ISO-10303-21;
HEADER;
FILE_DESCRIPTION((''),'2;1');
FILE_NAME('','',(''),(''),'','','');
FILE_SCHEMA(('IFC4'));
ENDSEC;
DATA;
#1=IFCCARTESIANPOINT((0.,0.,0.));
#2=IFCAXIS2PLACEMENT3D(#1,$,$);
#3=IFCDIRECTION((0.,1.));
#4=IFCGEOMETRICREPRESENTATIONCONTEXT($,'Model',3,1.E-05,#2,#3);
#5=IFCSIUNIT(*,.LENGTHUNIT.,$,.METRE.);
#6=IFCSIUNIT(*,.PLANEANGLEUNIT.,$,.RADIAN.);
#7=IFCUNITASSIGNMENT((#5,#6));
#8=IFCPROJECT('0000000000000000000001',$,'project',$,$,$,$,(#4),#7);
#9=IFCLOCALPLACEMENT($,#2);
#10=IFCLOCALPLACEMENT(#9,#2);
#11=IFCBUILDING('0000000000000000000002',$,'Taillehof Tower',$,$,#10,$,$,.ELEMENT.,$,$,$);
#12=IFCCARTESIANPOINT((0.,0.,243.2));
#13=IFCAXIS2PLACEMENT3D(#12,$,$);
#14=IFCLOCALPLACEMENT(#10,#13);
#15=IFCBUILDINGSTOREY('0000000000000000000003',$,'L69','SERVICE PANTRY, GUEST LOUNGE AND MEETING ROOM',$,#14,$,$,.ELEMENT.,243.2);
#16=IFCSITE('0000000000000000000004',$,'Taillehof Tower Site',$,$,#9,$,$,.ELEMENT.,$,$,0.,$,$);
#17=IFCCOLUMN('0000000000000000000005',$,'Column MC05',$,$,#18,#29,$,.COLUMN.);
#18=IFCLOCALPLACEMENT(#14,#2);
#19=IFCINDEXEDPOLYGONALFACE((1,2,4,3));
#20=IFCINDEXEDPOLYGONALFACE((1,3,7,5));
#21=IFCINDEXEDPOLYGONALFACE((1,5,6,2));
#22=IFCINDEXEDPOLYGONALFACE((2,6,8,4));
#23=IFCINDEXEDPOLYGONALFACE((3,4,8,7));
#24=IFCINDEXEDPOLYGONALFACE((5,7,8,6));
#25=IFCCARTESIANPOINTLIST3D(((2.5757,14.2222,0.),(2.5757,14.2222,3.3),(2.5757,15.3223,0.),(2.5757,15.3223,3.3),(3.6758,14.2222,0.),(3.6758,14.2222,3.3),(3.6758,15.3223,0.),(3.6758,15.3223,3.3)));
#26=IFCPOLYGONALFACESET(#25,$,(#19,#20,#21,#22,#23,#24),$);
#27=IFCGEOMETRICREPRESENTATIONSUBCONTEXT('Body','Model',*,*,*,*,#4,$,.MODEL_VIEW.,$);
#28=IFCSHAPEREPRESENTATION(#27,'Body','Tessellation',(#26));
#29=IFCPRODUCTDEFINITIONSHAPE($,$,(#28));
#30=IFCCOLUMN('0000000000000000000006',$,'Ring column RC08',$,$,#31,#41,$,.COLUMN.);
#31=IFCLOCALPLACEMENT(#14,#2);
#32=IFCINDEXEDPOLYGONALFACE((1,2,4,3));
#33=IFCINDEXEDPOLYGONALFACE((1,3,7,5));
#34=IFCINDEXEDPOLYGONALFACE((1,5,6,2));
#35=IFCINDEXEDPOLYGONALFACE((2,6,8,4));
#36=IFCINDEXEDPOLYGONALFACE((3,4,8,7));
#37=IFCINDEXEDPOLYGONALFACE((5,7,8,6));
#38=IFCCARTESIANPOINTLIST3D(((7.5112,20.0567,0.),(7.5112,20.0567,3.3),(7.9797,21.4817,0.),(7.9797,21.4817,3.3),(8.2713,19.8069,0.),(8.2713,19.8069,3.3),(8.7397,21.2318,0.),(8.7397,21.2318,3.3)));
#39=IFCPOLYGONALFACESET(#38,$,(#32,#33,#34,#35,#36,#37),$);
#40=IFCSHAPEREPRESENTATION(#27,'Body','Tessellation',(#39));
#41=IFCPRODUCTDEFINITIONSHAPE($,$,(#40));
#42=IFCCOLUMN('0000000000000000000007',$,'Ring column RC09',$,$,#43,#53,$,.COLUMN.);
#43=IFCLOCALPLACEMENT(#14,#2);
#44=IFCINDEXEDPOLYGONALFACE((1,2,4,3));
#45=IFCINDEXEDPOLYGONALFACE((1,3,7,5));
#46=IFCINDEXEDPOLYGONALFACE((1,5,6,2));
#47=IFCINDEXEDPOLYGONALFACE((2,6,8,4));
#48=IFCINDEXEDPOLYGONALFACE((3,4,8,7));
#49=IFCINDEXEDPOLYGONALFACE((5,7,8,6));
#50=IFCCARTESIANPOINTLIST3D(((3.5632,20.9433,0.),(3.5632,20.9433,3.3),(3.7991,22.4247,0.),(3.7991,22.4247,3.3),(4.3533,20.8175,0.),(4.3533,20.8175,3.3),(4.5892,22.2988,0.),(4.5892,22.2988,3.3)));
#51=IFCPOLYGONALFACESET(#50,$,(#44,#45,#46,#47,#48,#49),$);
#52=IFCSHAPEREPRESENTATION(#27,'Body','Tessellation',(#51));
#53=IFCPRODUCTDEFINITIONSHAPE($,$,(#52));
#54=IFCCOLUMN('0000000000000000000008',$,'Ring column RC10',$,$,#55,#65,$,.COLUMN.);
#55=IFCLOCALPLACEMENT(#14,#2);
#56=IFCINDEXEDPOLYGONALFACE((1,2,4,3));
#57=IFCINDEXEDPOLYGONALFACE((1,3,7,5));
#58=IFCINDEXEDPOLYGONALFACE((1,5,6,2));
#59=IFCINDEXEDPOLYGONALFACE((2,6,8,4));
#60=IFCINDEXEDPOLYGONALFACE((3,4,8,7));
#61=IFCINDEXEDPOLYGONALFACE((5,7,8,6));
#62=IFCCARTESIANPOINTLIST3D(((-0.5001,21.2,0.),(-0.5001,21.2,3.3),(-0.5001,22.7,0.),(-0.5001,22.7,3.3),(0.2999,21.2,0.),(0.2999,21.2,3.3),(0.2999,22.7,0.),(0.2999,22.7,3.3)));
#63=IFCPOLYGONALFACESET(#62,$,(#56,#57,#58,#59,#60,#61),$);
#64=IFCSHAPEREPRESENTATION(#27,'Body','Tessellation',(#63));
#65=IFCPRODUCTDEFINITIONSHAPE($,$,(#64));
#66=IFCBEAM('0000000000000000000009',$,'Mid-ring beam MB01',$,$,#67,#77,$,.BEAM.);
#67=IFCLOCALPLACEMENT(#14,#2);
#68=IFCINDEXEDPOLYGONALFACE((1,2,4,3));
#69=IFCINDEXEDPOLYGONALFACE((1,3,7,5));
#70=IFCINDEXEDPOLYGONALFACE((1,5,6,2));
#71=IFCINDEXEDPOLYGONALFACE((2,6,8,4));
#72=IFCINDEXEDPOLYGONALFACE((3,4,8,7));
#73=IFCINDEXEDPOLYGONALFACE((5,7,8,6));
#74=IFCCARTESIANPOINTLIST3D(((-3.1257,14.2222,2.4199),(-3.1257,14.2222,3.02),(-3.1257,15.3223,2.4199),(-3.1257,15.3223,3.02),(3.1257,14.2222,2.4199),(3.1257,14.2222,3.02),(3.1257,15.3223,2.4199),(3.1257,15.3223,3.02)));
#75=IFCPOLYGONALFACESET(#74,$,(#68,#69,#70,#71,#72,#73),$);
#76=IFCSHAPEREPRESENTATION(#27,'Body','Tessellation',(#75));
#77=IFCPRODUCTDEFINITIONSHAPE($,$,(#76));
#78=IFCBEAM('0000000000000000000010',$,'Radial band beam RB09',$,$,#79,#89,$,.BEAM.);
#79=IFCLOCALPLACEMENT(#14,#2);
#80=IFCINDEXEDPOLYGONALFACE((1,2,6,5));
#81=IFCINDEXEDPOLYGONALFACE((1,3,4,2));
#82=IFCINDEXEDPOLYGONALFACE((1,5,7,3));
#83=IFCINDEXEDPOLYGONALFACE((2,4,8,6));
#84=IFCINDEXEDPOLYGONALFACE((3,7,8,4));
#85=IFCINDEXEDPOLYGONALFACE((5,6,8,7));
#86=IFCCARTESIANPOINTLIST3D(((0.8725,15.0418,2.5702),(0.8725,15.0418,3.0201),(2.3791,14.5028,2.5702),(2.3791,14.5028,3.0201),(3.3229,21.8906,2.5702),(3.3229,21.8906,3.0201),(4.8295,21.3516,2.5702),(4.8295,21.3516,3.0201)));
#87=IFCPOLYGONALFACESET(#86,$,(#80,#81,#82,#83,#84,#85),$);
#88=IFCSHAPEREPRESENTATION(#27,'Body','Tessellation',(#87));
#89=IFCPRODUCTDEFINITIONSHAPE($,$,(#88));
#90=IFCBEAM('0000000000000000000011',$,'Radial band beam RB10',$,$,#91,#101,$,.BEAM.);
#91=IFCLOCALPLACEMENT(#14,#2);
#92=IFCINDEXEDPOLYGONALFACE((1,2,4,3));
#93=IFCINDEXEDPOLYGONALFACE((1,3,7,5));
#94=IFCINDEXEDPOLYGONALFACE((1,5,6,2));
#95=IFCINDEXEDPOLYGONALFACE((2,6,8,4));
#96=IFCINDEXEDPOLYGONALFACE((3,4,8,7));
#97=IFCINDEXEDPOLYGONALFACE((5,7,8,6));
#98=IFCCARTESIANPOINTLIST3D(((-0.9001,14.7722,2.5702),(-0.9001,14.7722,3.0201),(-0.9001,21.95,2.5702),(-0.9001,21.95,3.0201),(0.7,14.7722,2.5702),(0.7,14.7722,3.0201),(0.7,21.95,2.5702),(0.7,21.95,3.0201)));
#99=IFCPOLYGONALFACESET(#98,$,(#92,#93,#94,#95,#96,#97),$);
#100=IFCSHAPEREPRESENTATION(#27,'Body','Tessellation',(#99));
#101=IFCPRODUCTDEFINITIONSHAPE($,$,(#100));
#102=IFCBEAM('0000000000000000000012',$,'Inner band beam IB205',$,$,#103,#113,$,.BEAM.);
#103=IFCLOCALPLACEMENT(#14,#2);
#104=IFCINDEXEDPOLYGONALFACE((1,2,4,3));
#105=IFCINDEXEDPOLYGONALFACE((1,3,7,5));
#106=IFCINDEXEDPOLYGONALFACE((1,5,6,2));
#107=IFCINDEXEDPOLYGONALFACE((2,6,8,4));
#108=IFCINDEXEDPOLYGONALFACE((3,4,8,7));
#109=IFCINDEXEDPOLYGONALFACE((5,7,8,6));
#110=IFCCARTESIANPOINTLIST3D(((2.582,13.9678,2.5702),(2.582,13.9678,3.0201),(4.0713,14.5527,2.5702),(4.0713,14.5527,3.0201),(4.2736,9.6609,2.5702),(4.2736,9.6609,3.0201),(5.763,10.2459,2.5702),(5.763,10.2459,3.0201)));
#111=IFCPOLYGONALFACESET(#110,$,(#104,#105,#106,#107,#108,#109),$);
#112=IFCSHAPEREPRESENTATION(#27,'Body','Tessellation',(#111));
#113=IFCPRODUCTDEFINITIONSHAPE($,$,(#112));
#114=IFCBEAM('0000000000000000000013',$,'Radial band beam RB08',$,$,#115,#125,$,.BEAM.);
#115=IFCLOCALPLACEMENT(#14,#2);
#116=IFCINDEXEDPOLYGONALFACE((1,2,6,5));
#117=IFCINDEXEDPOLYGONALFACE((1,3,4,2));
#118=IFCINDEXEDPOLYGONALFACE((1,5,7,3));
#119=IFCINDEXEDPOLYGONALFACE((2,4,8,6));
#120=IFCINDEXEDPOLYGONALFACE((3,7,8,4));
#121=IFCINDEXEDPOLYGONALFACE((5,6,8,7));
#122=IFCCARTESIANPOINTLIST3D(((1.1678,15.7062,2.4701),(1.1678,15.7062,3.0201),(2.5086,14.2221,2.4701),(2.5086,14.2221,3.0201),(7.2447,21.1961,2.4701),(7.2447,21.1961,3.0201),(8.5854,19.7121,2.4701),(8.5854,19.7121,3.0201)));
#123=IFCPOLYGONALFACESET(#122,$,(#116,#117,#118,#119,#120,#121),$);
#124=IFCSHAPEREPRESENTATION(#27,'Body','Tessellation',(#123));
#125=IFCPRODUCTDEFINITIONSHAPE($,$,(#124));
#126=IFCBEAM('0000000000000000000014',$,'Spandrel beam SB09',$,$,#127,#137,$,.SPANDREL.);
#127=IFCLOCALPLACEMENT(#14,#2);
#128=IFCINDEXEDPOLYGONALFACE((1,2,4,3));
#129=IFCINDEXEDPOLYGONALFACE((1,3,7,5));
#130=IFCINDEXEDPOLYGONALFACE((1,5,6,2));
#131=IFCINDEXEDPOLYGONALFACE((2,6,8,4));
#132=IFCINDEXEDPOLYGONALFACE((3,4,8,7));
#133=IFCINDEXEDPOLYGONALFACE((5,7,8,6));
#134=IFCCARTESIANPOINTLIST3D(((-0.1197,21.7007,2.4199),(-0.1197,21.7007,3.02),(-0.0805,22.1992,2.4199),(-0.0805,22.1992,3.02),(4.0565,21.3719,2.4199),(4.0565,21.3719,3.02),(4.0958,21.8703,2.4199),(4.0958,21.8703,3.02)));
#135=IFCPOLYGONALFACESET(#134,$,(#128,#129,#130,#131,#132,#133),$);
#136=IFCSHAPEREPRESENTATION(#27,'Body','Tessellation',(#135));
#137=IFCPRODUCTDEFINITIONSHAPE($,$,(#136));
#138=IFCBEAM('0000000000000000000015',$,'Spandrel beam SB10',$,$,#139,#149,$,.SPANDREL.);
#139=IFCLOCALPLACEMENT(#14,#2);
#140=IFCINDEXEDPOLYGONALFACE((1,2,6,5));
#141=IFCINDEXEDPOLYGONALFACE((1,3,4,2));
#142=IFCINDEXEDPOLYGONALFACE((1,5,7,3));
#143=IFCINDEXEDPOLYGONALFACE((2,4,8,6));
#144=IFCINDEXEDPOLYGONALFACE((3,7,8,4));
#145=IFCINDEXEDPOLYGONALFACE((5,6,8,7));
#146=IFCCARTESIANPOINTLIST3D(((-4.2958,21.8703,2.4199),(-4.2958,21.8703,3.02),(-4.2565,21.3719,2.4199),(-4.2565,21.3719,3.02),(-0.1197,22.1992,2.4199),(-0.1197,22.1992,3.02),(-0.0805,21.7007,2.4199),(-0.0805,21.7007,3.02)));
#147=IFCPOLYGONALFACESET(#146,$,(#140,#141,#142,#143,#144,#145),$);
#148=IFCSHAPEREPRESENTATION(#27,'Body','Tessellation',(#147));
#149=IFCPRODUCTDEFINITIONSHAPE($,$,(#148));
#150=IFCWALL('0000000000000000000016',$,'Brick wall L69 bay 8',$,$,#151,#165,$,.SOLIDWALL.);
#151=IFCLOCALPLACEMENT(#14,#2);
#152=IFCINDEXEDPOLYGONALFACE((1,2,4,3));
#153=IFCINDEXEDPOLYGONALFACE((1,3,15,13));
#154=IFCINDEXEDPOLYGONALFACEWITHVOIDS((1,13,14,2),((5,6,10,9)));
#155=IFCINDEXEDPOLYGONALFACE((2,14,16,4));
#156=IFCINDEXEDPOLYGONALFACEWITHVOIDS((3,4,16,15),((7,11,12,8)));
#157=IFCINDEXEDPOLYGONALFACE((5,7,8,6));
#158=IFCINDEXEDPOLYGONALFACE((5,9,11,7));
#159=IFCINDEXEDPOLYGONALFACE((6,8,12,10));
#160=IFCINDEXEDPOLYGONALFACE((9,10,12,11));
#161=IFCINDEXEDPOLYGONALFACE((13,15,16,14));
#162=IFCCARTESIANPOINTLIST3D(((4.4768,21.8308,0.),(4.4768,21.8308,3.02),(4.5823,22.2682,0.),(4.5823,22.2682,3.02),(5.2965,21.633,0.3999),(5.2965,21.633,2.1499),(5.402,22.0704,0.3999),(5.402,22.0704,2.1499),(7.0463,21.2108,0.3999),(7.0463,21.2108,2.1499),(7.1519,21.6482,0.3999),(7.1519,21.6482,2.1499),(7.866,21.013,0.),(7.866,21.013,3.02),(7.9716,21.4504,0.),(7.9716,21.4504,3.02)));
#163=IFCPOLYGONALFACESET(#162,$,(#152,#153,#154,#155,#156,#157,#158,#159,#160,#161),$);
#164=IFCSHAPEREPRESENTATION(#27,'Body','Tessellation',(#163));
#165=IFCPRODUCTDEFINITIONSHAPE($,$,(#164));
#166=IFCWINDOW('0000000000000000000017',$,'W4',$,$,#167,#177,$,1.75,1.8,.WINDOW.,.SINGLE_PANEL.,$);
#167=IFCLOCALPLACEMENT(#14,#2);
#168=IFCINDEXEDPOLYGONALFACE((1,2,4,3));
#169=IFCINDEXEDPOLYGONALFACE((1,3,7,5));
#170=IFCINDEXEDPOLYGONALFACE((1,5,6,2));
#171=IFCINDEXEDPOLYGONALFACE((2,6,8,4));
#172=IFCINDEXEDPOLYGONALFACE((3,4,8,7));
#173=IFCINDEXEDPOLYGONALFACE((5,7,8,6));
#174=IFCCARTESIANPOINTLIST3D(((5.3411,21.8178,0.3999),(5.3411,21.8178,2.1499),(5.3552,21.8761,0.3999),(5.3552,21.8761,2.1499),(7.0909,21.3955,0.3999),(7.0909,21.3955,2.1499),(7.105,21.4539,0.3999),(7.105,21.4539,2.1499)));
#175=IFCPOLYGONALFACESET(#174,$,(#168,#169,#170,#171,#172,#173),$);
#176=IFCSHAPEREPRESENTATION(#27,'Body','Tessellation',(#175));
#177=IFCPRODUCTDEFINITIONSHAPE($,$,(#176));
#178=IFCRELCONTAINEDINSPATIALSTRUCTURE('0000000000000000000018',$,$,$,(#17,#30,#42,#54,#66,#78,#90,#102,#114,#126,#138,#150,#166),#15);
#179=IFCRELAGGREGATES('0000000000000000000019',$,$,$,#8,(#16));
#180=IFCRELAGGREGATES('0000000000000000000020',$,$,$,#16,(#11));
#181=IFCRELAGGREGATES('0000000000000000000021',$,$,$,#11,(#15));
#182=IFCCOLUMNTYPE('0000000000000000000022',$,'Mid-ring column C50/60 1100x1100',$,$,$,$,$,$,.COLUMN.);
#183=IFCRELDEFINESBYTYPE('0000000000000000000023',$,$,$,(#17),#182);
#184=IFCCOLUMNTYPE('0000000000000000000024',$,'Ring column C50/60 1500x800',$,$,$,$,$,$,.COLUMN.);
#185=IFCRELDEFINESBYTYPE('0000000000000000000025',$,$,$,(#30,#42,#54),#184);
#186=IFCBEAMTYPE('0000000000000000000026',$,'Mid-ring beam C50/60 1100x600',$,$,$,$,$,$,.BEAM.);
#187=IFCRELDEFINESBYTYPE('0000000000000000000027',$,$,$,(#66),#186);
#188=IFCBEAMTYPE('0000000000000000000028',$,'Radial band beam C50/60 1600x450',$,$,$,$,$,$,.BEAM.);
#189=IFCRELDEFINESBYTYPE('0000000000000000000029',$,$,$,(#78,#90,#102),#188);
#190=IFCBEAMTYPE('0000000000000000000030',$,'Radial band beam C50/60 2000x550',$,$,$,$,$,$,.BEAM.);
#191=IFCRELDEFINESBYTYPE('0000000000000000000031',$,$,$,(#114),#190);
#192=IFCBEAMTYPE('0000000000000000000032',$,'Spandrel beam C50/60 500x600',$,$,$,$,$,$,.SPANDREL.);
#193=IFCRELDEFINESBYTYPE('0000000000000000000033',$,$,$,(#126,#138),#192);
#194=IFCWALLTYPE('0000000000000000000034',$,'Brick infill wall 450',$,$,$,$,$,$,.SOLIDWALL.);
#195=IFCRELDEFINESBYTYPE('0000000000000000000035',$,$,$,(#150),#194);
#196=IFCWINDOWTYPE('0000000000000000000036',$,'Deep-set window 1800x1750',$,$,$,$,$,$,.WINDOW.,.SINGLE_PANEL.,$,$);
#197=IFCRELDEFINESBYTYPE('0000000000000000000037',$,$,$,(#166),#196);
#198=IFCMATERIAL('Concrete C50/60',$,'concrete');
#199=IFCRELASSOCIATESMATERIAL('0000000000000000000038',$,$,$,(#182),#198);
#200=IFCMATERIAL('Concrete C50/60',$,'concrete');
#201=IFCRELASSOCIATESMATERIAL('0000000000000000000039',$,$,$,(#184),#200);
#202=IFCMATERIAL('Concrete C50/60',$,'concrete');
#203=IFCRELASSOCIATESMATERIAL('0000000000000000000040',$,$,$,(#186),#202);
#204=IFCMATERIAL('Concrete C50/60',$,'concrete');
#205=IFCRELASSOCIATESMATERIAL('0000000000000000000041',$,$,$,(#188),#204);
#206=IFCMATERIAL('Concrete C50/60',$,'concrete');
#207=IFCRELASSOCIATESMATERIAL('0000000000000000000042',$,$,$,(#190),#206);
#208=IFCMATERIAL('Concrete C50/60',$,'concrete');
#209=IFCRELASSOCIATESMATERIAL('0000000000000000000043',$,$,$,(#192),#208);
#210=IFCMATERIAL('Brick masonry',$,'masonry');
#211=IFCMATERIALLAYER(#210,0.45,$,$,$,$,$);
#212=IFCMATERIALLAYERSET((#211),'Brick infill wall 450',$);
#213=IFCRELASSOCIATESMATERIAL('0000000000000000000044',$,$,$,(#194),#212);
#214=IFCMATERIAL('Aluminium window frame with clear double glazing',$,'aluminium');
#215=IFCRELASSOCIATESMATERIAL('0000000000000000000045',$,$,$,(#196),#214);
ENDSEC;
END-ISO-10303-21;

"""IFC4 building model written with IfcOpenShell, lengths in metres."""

from ifc_helpers import new_model, si_unit, direction, frame, frame_2d, origin, origin_2d, place, context, subcontext, project, spatial, rectangle, extrude, material, layer, layer_set, material_profile, profile_set, type_object, element, fill, save


model = new_model("IFC4")

# Units and contexts
model_context = context("Model", 3, precision=1e-05, world=origin(), true_north=direction((0.0, 1.0)))
body_context = subcontext(model_context, "Body", "Model", "MODEL_VIEW")
ifc_project = project(units=[si_unit("LENGTHUNIT", "METRE"), si_unit("PLANEANGLEUNIT", "RADIAN")], contexts=[model_context])

# Site, building, storey
site_placement = place(None, origin())
site = spatial("IfcSite", under=ifc_project, at=site_placement, Name="Taillehof Tower Site", CompositionType="ELEMENT", RefElevation=0.0)
building_placement = place(site_placement, origin())
building = spatial("IfcBuilding", under=site, at=building_placement, Name="Taillehof Tower", CompositionType="ELEMENT")
storey_placement = place(building_placement, frame((0.0, 0.0, 243.2)))
storey = spatial("IfcBuildingStorey", under=building, at=storey_placement, Name="L69", Description="SERVICE PANTRY, GUEST LOUNGE AND MEETING ROOM", CompositionType="ELEMENT", Elevation=243.2)

# Columns
ifc_material_1 = material(Name="Concrete C50/60", Category="concrete")
ifc_material_profile_1 = material_profile(ifc_material_1, rectangle(XDim=1.1001, YDim=1.1001, at=origin_2d()), Name="RC 1100x1100")
ifc_profile_set_1 = profile_set([ifc_material_profile_1], Name="Concrete C50/60")
column_type_1 = type_object("IfcColumnType", Name="Mid-ring column C50/60 1100x1100", PredefinedType="COLUMN", material=ifc_profile_set_1)
column_placement = place(storey_placement, frame((3.1257, 14.7722, 0.0), z_axis=(0.0, 0.0, 1.0), x_axis=(1.0, 0.0, 0.0)))
element("IfcColumn", 1, at=column_placement, inside=storey, type_object=column_type_1, Name="Column MC05", PredefinedType="COLUMN", context=body_context, shape_type="SweptSolid", body=[
    extrude(rectangle(XDim=1.1001, YDim=1.1001, at=origin_2d()), origin(), (0.0, 0.0, 1.0), 3.3),
])
ifc_material_2 = material(Name="Concrete C50/60", Category="concrete")
ifc_material_profile_2 = material_profile(ifc_material_2, rectangle(XDim=1.5, YDim=0.8, at=origin_2d()), Name="RC 1500x800")
ifc_profile_set_2 = profile_set([ifc_material_profile_2], Name="Concrete C50/60")
column_type_2 = type_object("IfcColumnType", Name="Ring column C50/60 1500x800", PredefinedType="COLUMN", material=ifc_profile_set_2)
for number, where, z_axis, x_axis, name in (
    (2, (8.1255, 20.6443, 0.0), (0.0, 0.0, 1.0), (0.312304, 0.949982, 0.0), "Ring column RC08"),
    (3, (4.0762, 21.6211, 0.0), (0.0, 0.0, 1.0), (0.157281, 0.987554, 0.0), "Ring column RC09"),
    (4, (-0.1001, 21.95, 0.0), (0.0, 0.0, 1.0), (0.0, 1.0, 0.0), "Ring column RC10"),
):
    element("IfcColumn", number, at=place(storey_placement, frame(where, z_axis=z_axis, x_axis=x_axis)), inside=storey, type_object=column_type_2, Name=name, PredefinedType="COLUMN", context=body_context, shape_type="SweptSolid", body=[
        extrude(rectangle(XDim=1.5, YDim=0.8, at=origin_2d()), origin(), (0.0, 0.0, 1.0), 3.3),
    ])

# Beams
ifc_material_3 = material(Name="Concrete C50/60", Category="concrete")
ifc_material_profile_3 = material_profile(ifc_material_3, rectangle(XDim=1.1001, YDim=0.6001, at=origin_2d()), Name="RC 1100x600")
ifc_profile_set_3 = profile_set([ifc_material_profile_3], Name="Concrete C50/60")
beam_type_1 = type_object("IfcBeamType", Name="Mid-ring beam C50/60 1100x600", PredefinedType="BEAM", material=ifc_profile_set_3)
beam_1_placement = place(storey_placement, frame((3.1257, 14.7722, 2.72), z_axis=(-1.0, 0.0, 0.0), x_axis=(0.0, -1.0, 0.0)))
element("IfcBeam", 5, at=beam_1_placement, inside=storey, type_object=beam_type_1, Name="Mid-ring beam MB01", PredefinedType="BEAM", context=body_context, shape_type="SweptSolid", body=[
    extrude(rectangle(XDim=1.1001, YDim=0.6001, at=origin_2d()), origin(), (0.0, 0.0, 1.0), 6.2515),
])
ifc_material_4 = material(Name="Concrete C50/60", Category="concrete")
ifc_material_profile_4 = material_profile(ifc_material_4, rectangle(XDim=1.6001, YDim=0.45, at=origin_2d()), Name="RC 1600x450")
ifc_profile_set_4 = profile_set([ifc_material_profile_4], Name="Concrete C50/60")
beam_type_2 = type_object("IfcBeamType", Name="Radial band beam C50/60 1600x450", PredefinedType="BEAM", material=ifc_profile_set_4)
beam_2_placement = place(storey_placement, frame((4.0762, 21.6211, 2.7952), z_axis=(-0.336874, -0.94155, 0.0), x_axis=(0.94155, -0.336874, 0.0)))
element("IfcBeam", 6, at=beam_2_placement, inside=storey, type_object=beam_type_2, Name="Radial band beam RB09", PredefinedType="BEAM", context=body_context, shape_type="SweptSolid", body=[
    extrude(rectangle(XDim=1.6001, YDim=0.45, at=origin_2d()), origin(), (0.0, 0.0, 1.0), 7.2739),
])
beam_3_placement = place(storey_placement, frame((-0.1001, 21.95, 2.7952), z_axis=(0.0, -1.0, 0.0), x_axis=(1.0, 0.0, 0.0)))
element("IfcBeam", 7, at=beam_3_placement, inside=storey, type_object=beam_type_2, Name="Radial band beam RB10", PredefinedType="BEAM", context=body_context, shape_type="SweptSolid", body=[
    extrude(rectangle(XDim=1.6001, YDim=0.45, at=origin_2d()), origin(), (0.0, 0.0, 1.0), 7.1777),
])
beam_4_placement = place(storey_placement, frame((3.3267, 14.2603, 2.7952), z_axis=(0.365589, -0.930777, 0.0), x_axis=(0.930777, 0.365589, 0.0)))
element("IfcBeam", 8, at=beam_4_placement, inside=storey, type_object=beam_type_2, Name="Inner band beam IB205", PredefinedType="BEAM", context=body_context, shape_type="SweptSolid", body=[
    extrude(rectangle(XDim=1.6001, YDim=0.45, at=origin_2d()), origin(), (0.0, 0.0, 1.0), 4.6272),
])
ifc_material_5 = material(Name="Concrete C50/60", Category="concrete")
ifc_material_profile_5 = material_profile(ifc_material_5, rectangle(XDim=2.0, YDim=0.55, at=origin_2d()), Name="RC 2000x550")
ifc_profile_set_5 = profile_set([ifc_material_profile_5], Name="Concrete C50/60")
beam_type_3 = type_object("IfcBeamType", Name="Radial band beam C50/60 2000x550", PredefinedType="BEAM", material=ifc_profile_set_5)
beam_5_placement = place(storey_placement, frame((7.915, 20.4541, 2.7451), z_axis=(-0.742031, -0.670365, 0.0), x_axis=(0.670365, -0.742031, 0.0)))
element("IfcBeam", 9, at=beam_5_placement, inside=storey, type_object=beam_type_3, Name="Radial band beam RB08", PredefinedType="BEAM", context=body_context, shape_type="SweptSolid", body=[
    extrude(rectangle(XDim=2.0, YDim=0.55, at=origin_2d()), origin(), (0.0, 0.0, 1.0), 8.1895),
])
ifc_material_6 = material(Name="Concrete C50/60", Category="concrete")
ifc_material_profile_6 = material_profile(ifc_material_6, rectangle(XDim=0.5, YDim=0.6001, at=origin_2d()), Name="RC 500x600")
ifc_profile_set_6 = profile_set([ifc_material_profile_6], Name="Concrete C50/60")
beam_type_4 = type_object("IfcBeamType", Name="Spandrel beam C50/60 500x600", PredefinedType="SPANDREL", material=ifc_profile_set_6)
beam_6_placement = place(storey_placement, frame((4.0762, 21.6211, 2.72), z_axis=(-0.996914, 0.078501, 0.0), x_axis=(-0.078501, -0.996914, 0.0)))
element("IfcBeam", 10, at=beam_6_placement, inside=storey, type_object=beam_type_4, Name="Spandrel beam SB09", PredefinedType="SPANDREL", context=body_context, shape_type="SweptSolid", body=[
    extrude(rectangle(XDim=0.5, YDim=0.6001, at=origin_2d()), origin(), (0.0, 0.0, 1.0), 4.1892),
])
beam_7_placement = place(storey_placement, frame((-0.1001, 21.95, 2.72), z_axis=(-0.996914, -0.078506, 0.0), x_axis=(0.078506, -0.996914, 0.0)))
element("IfcBeam", 11, at=beam_7_placement, inside=storey, type_object=beam_type_4, Name="Spandrel beam SB10", PredefinedType="SPANDREL", context=body_context, shape_type="SweptSolid", body=[
    extrude(rectangle(XDim=0.5, YDim=0.6001, at=origin_2d()), origin(), (0.0, 0.0, 1.0), 4.189),
])

# Wall, opening, window
ifc_material_7 = material(Name="Brick masonry", Category="masonry")
ifc_layer_1 = layer(ifc_material_7, 0.45)
ifc_layer_set_1 = layer_set([ifc_layer_1], Name="Brick infill wall 450")
wall_type_1 = type_object("IfcWallType", Name="Brick infill wall 450", PredefinedType="SOLIDWALL", material=ifc_layer_set_1)
wall_1_placement = place(storey_placement, frame((7.9187, 21.2317, 0.0), z_axis=(0.0, 0.0, 1.0), x_axis=(-0.972099, 0.23457, 0.0)))
wall_1 = element("IfcWall", 12, at=wall_1_placement, inside=storey, type_object=wall_type_1, Name="Brick wall L69 bay 8", PredefinedType="SOLIDWALL", context=body_context, shape_type="SweptSolid", body=[
    extrude(rectangle(XDim=3.4866, YDim=0.45, at=frame_2d((1.7432, 0.0))), origin(), (0.0, 0.0, 1.0), 3.02),
])
opening_1_placement = place(wall_1_placement, frame((0.8433, 0.0, 0.3999)))
opening_1 = element("IfcOpeningElement", 13, at=opening_1_placement, cuts=wall_1, PredefinedType="OPENING", context=body_context, shape_type="SweptSolid", body=[
    extrude(rectangle(XDim=1.8, YDim=1.75, at=frame_2d((0.8999, 0.875))), frame((0.0, 0.2349, 0.0), z_axis=(0.0, -1.0, 0.0), x_axis=(1.0, 0.0, 0.0)), (0.0, 0.0, 1.0), 0.47),
])
ifc_material_8 = material(Name="Aluminium window frame with clear double glazing", Category="aluminium")
window_type = type_object("IfcWindowType", Name="Deep-set window 1800x1750", PartitioningType="SINGLE_PANEL", PredefinedType="WINDOW", material=ifc_material_8)
window_1_placement = place(opening_1_placement, origin())
window_1 = element("IfcWindow", 14, at=window_1_placement, inside=storey, type_object=window_type, Name="W4", OverallHeight=1.75, OverallWidth=1.8, PartitioningType="SINGLE_PANEL", PredefinedType="WINDOW", context=body_context, shape_type="SweptSolid", body=[
    extrude(rectangle(XDim=1.8, YDim=1.75, at=frame_2d((0.8999, 0.875))), frame((0.0, 0.0349, 0.0), z_axis=(0.0, -1.0, 0.0), x_axis=(1.0, 0.0, 0.0)), (0.0, 0.0, 1.0), 0.0601),
])
fill(opening_1, window_1)

save(model, "model.ifc")
